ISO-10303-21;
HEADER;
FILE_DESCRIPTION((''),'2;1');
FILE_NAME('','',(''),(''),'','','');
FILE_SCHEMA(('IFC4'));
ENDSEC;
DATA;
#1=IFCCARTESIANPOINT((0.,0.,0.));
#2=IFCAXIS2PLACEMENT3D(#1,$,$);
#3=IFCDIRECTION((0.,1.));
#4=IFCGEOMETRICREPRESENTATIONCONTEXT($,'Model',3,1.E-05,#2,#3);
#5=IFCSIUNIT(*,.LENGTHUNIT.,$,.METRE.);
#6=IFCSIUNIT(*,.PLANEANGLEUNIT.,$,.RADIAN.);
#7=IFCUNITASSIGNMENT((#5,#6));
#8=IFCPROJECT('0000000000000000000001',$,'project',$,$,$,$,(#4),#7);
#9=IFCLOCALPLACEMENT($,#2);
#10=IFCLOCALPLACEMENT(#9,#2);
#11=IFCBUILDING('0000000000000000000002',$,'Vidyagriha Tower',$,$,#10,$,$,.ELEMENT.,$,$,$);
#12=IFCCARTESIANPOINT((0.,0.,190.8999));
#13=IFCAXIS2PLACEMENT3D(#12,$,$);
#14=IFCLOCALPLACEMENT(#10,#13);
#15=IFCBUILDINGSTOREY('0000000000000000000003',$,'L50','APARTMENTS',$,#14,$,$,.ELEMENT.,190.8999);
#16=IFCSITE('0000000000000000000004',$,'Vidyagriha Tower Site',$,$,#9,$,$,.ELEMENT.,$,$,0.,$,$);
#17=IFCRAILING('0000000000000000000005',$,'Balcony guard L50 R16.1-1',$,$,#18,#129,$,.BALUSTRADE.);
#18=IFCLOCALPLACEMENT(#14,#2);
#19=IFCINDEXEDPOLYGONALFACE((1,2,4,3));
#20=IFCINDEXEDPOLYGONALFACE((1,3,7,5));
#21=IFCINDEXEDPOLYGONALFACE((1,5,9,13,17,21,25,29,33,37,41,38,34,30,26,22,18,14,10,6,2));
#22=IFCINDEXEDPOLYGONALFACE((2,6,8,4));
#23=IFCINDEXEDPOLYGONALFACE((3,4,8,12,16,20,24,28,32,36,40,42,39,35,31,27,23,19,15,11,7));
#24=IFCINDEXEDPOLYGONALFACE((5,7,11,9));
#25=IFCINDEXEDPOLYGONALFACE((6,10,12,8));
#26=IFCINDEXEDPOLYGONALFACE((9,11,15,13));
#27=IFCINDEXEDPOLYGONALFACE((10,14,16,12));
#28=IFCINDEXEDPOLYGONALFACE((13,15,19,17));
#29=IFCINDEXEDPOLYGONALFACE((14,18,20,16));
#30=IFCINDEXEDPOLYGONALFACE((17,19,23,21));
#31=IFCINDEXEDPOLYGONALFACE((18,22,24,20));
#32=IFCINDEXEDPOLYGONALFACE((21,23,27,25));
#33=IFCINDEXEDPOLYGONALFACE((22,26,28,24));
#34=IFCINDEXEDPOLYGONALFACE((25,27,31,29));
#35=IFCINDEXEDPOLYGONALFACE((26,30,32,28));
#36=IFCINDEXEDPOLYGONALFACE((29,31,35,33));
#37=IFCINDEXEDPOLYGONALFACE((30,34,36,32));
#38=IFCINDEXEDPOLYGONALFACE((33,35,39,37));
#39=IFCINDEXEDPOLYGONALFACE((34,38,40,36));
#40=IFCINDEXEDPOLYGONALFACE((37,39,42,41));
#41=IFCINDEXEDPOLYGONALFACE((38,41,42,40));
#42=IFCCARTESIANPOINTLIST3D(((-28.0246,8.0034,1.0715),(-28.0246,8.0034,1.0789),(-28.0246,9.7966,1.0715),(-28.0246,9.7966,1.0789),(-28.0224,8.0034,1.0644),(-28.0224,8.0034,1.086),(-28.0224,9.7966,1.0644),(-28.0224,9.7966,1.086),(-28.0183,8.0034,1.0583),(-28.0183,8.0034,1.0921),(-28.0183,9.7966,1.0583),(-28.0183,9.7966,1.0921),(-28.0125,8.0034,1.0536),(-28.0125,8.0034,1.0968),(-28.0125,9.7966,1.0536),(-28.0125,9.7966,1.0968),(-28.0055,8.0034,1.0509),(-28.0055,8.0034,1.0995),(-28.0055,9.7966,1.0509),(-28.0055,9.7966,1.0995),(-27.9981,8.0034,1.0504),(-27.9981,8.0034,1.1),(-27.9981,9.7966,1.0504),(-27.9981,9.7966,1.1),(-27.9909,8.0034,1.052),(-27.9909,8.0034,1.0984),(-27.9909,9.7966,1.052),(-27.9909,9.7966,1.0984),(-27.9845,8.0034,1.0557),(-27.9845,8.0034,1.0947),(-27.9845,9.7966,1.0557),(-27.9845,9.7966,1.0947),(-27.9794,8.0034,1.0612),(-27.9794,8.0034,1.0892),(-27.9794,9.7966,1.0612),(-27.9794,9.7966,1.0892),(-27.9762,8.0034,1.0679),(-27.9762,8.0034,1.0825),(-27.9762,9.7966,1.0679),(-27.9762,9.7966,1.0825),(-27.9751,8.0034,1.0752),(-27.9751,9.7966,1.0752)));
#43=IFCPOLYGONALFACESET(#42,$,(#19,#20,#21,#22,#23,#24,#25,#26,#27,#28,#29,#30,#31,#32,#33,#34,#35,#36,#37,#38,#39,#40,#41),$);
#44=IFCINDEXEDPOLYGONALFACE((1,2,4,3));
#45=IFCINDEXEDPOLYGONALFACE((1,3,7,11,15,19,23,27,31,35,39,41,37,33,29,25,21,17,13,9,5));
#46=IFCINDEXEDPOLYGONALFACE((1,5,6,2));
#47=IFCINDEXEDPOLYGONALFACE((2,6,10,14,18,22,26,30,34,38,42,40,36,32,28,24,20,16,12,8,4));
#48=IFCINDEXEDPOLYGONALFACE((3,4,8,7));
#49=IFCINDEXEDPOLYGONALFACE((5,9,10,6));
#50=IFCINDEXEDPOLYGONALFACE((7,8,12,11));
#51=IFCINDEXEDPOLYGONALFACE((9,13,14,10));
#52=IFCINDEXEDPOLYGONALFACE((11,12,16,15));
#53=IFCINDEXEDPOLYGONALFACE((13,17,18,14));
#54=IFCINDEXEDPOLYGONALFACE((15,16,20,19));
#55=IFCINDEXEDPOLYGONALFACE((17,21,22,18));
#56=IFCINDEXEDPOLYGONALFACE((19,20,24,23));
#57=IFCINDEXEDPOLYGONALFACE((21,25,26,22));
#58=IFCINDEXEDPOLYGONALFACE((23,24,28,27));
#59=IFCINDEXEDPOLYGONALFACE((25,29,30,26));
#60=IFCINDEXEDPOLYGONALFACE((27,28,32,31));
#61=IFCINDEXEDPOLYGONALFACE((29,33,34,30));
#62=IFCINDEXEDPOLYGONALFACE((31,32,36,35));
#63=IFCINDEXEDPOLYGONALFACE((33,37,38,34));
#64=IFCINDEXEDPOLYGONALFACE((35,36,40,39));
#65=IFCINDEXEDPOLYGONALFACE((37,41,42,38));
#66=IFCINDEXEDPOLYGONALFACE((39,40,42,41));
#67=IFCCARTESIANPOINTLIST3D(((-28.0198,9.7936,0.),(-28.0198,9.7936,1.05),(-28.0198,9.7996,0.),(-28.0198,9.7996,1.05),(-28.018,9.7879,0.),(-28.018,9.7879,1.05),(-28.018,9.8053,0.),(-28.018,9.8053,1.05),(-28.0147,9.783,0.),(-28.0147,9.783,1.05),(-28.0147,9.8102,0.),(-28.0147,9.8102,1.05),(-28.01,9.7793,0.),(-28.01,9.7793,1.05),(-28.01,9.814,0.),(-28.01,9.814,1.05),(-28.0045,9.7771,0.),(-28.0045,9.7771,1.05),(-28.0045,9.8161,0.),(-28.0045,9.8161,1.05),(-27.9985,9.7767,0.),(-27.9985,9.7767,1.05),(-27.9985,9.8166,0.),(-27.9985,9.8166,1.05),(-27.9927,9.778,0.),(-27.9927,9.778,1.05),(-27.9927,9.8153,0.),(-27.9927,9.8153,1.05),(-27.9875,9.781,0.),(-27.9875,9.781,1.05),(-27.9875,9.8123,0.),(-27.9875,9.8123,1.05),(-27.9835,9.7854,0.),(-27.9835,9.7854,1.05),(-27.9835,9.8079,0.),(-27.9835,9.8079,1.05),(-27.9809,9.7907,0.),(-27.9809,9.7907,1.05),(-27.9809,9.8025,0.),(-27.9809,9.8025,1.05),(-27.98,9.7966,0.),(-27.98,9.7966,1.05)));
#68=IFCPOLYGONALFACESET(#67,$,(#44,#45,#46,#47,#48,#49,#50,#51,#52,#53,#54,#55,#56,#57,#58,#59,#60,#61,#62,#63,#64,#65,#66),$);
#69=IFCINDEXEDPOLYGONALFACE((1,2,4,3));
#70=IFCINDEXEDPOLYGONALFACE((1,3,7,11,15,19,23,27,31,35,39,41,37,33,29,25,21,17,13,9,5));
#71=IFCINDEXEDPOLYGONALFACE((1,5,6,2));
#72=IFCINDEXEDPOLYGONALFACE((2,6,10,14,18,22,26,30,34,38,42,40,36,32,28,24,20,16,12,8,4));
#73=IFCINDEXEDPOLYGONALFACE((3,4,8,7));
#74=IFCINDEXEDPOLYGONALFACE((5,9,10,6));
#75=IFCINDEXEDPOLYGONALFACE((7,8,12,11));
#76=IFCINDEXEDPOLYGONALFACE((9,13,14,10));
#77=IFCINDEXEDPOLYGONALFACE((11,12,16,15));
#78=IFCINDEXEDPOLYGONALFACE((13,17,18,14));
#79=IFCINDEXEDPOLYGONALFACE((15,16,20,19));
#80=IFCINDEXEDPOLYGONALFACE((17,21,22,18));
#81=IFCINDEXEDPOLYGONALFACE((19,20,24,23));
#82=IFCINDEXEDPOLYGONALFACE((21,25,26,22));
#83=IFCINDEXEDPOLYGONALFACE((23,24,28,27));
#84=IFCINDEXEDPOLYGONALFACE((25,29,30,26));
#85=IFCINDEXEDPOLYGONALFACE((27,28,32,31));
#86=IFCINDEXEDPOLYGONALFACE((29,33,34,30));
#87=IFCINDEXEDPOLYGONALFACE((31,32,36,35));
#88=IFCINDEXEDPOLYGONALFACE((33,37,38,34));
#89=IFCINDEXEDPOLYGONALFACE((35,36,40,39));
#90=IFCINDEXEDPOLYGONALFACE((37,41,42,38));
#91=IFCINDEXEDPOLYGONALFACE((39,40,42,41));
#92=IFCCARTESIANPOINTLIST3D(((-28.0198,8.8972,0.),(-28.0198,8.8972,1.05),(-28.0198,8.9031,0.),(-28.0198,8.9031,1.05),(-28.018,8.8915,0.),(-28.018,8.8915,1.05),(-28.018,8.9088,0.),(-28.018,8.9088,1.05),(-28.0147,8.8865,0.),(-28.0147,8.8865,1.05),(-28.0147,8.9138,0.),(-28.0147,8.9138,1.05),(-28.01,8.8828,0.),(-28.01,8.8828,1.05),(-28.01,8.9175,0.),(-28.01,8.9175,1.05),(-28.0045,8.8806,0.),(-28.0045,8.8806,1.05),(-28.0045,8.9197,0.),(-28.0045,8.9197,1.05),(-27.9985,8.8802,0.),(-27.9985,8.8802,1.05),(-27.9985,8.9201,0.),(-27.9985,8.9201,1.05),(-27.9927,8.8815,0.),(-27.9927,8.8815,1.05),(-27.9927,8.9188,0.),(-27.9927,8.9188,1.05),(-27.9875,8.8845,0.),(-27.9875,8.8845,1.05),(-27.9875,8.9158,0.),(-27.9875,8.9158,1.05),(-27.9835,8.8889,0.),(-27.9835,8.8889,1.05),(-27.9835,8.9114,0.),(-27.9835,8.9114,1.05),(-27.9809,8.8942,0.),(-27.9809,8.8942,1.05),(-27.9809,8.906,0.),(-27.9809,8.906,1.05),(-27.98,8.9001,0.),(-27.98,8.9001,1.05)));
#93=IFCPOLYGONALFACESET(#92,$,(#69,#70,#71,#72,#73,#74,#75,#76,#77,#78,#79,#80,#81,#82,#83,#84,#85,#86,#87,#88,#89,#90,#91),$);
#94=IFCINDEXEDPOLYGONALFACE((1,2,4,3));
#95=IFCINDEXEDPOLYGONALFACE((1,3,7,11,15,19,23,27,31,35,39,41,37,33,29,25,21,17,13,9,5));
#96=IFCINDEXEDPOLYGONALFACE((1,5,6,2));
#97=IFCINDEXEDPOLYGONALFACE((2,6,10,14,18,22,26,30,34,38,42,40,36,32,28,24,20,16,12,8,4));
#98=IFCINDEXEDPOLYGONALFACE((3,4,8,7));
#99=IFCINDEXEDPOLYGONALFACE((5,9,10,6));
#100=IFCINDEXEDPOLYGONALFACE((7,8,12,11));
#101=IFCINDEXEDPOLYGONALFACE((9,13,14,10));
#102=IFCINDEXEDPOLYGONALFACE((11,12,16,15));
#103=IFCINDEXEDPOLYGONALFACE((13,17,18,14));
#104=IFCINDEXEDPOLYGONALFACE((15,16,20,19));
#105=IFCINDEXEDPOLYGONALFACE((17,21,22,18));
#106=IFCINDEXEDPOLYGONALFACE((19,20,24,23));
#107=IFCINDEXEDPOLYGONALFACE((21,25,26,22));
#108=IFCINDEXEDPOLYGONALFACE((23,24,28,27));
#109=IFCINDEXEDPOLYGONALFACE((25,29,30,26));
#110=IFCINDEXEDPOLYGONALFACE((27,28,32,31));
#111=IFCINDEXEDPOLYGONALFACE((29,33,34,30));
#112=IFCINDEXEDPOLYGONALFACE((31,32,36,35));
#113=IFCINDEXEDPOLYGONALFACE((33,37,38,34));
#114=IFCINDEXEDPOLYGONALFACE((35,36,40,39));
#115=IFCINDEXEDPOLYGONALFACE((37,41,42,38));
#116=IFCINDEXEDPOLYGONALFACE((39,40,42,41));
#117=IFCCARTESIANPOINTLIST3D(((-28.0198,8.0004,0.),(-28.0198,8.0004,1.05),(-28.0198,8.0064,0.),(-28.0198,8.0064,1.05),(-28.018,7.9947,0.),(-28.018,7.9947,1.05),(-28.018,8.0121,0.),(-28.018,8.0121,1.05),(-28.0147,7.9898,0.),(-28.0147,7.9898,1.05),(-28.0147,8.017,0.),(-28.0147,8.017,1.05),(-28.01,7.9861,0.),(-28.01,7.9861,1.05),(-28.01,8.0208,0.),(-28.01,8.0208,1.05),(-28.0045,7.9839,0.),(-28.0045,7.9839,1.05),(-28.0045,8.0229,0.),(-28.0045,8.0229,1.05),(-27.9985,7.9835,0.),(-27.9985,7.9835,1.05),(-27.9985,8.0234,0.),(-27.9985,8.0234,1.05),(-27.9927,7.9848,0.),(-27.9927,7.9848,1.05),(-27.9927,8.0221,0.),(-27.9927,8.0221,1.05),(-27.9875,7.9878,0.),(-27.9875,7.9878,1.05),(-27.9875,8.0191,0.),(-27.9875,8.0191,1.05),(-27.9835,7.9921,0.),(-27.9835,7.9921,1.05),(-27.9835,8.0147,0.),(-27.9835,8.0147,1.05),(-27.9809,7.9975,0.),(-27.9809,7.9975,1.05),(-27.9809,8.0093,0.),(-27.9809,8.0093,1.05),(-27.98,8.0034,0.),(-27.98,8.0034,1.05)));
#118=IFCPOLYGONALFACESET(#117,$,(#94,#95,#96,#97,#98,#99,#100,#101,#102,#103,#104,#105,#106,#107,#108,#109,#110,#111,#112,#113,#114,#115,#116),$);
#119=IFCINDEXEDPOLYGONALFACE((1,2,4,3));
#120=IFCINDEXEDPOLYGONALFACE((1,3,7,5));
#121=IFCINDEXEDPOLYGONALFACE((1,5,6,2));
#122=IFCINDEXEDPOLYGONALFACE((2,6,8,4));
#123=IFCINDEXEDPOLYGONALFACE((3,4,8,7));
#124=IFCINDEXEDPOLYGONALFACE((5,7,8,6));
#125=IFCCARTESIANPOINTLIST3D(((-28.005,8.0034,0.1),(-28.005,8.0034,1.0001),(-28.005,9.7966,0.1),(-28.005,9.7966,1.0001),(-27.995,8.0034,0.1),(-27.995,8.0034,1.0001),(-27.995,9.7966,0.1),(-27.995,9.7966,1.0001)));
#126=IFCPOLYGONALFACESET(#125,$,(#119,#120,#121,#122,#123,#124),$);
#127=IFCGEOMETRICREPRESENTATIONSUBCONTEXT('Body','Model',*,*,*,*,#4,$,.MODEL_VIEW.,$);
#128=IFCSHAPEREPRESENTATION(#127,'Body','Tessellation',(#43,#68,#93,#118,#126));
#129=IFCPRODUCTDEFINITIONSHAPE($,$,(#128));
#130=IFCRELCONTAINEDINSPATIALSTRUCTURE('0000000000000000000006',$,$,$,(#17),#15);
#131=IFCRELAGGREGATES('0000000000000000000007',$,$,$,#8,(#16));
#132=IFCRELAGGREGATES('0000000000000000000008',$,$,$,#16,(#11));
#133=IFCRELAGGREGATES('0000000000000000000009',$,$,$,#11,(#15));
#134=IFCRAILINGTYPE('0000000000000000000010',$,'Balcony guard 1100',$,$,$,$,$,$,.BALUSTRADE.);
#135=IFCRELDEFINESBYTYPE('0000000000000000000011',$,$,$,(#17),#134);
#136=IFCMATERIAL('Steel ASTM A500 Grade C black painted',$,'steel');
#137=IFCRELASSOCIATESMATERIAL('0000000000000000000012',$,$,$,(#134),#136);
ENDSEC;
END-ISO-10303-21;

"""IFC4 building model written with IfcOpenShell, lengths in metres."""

from ifc_helpers import new_model, si_unit, direction, frame, origin, origin_2d, place, context, subcontext, project, spatial, rectangle, circle, extrude, material, type_object, element, save


model = new_model("IFC4")

# Units and contexts
model_context = context("Model", 3, precision=1e-05, world=origin(), true_north=direction((0.0, 1.0)))
body_context = subcontext(model_context, "Body", "Model", "MODEL_VIEW")
ifc_project = project(units=[si_unit("LENGTHUNIT", "METRE"), si_unit("PLANEANGLEUNIT", "RADIAN")], contexts=[model_context])

# Site, building, storey
site_placement = place(None, origin())
site = spatial("IfcSite", under=ifc_project, at=site_placement, Name="Vidyagriha Tower Site", CompositionType="ELEMENT", RefElevation=0.0)
building_placement = place(site_placement, origin())
building = spatial("IfcBuilding", under=site, at=building_placement, Name="Vidyagriha Tower", CompositionType="ELEMENT")
storey_placement = place(building_placement, frame((0.0, 0.0, 190.8999)))
storey = spatial("IfcBuildingStorey", under=building, at=storey_placement, Name="L50", Description="APARTMENTS", CompositionType="ELEMENT", Elevation=190.8999)

# Railing
ifc_material_1 = material(Name="Steel ASTM A500 Grade C black painted", Category="steel")
railing_type = type_object("IfcRailingType", Name="Balcony guard 1100", PredefinedType="BALUSTRADE", material=ifc_material_1)
railing_1_placement = place(storey_placement, frame((-28.0, 9.7966, 0.0)))
element("IfcRailing", 1, at=railing_1_placement, inside=storey, type_object=railing_type, Name="Balcony guard L50 R16.1-1", PredefinedType="BALUSTRADE", context=body_context, shape_type="SweptSolid", body=[
    extrude(circle(Radius=0.0249, at=origin_2d()), frame((0.0, 0.0, 1.0752), z_axis=(0.0, -1.0, 0.0), x_axis=(1.0, 0.0, 0.0)), (0.0, 0.0, 1.0), 1.7932),
    extrude(circle(Radius=0.02, at=origin_2d()), origin(), (0.0, 0.0, 1.0), 1.05),
    extrude(circle(Radius=0.02, at=origin_2d()), frame((0.0, -0.8965, 0.0)), (0.0, 0.0, 1.0), 1.05),
    extrude(circle(Radius=0.02, at=origin_2d()), frame((0.0, -1.7932, 0.0)), (0.0, 0.0, 1.0), 1.05),
    extrude(rectangle(XDim=0.01, YDim=0.9001, at=origin_2d()), frame((0.0, 0.0, 0.55), z_axis=(0.0, -1.0, 0.0), x_axis=(1.0, 0.0, 0.0)), (0.0, 0.0, 1.0), 1.7932),
])

save(model, "model.ifc")
